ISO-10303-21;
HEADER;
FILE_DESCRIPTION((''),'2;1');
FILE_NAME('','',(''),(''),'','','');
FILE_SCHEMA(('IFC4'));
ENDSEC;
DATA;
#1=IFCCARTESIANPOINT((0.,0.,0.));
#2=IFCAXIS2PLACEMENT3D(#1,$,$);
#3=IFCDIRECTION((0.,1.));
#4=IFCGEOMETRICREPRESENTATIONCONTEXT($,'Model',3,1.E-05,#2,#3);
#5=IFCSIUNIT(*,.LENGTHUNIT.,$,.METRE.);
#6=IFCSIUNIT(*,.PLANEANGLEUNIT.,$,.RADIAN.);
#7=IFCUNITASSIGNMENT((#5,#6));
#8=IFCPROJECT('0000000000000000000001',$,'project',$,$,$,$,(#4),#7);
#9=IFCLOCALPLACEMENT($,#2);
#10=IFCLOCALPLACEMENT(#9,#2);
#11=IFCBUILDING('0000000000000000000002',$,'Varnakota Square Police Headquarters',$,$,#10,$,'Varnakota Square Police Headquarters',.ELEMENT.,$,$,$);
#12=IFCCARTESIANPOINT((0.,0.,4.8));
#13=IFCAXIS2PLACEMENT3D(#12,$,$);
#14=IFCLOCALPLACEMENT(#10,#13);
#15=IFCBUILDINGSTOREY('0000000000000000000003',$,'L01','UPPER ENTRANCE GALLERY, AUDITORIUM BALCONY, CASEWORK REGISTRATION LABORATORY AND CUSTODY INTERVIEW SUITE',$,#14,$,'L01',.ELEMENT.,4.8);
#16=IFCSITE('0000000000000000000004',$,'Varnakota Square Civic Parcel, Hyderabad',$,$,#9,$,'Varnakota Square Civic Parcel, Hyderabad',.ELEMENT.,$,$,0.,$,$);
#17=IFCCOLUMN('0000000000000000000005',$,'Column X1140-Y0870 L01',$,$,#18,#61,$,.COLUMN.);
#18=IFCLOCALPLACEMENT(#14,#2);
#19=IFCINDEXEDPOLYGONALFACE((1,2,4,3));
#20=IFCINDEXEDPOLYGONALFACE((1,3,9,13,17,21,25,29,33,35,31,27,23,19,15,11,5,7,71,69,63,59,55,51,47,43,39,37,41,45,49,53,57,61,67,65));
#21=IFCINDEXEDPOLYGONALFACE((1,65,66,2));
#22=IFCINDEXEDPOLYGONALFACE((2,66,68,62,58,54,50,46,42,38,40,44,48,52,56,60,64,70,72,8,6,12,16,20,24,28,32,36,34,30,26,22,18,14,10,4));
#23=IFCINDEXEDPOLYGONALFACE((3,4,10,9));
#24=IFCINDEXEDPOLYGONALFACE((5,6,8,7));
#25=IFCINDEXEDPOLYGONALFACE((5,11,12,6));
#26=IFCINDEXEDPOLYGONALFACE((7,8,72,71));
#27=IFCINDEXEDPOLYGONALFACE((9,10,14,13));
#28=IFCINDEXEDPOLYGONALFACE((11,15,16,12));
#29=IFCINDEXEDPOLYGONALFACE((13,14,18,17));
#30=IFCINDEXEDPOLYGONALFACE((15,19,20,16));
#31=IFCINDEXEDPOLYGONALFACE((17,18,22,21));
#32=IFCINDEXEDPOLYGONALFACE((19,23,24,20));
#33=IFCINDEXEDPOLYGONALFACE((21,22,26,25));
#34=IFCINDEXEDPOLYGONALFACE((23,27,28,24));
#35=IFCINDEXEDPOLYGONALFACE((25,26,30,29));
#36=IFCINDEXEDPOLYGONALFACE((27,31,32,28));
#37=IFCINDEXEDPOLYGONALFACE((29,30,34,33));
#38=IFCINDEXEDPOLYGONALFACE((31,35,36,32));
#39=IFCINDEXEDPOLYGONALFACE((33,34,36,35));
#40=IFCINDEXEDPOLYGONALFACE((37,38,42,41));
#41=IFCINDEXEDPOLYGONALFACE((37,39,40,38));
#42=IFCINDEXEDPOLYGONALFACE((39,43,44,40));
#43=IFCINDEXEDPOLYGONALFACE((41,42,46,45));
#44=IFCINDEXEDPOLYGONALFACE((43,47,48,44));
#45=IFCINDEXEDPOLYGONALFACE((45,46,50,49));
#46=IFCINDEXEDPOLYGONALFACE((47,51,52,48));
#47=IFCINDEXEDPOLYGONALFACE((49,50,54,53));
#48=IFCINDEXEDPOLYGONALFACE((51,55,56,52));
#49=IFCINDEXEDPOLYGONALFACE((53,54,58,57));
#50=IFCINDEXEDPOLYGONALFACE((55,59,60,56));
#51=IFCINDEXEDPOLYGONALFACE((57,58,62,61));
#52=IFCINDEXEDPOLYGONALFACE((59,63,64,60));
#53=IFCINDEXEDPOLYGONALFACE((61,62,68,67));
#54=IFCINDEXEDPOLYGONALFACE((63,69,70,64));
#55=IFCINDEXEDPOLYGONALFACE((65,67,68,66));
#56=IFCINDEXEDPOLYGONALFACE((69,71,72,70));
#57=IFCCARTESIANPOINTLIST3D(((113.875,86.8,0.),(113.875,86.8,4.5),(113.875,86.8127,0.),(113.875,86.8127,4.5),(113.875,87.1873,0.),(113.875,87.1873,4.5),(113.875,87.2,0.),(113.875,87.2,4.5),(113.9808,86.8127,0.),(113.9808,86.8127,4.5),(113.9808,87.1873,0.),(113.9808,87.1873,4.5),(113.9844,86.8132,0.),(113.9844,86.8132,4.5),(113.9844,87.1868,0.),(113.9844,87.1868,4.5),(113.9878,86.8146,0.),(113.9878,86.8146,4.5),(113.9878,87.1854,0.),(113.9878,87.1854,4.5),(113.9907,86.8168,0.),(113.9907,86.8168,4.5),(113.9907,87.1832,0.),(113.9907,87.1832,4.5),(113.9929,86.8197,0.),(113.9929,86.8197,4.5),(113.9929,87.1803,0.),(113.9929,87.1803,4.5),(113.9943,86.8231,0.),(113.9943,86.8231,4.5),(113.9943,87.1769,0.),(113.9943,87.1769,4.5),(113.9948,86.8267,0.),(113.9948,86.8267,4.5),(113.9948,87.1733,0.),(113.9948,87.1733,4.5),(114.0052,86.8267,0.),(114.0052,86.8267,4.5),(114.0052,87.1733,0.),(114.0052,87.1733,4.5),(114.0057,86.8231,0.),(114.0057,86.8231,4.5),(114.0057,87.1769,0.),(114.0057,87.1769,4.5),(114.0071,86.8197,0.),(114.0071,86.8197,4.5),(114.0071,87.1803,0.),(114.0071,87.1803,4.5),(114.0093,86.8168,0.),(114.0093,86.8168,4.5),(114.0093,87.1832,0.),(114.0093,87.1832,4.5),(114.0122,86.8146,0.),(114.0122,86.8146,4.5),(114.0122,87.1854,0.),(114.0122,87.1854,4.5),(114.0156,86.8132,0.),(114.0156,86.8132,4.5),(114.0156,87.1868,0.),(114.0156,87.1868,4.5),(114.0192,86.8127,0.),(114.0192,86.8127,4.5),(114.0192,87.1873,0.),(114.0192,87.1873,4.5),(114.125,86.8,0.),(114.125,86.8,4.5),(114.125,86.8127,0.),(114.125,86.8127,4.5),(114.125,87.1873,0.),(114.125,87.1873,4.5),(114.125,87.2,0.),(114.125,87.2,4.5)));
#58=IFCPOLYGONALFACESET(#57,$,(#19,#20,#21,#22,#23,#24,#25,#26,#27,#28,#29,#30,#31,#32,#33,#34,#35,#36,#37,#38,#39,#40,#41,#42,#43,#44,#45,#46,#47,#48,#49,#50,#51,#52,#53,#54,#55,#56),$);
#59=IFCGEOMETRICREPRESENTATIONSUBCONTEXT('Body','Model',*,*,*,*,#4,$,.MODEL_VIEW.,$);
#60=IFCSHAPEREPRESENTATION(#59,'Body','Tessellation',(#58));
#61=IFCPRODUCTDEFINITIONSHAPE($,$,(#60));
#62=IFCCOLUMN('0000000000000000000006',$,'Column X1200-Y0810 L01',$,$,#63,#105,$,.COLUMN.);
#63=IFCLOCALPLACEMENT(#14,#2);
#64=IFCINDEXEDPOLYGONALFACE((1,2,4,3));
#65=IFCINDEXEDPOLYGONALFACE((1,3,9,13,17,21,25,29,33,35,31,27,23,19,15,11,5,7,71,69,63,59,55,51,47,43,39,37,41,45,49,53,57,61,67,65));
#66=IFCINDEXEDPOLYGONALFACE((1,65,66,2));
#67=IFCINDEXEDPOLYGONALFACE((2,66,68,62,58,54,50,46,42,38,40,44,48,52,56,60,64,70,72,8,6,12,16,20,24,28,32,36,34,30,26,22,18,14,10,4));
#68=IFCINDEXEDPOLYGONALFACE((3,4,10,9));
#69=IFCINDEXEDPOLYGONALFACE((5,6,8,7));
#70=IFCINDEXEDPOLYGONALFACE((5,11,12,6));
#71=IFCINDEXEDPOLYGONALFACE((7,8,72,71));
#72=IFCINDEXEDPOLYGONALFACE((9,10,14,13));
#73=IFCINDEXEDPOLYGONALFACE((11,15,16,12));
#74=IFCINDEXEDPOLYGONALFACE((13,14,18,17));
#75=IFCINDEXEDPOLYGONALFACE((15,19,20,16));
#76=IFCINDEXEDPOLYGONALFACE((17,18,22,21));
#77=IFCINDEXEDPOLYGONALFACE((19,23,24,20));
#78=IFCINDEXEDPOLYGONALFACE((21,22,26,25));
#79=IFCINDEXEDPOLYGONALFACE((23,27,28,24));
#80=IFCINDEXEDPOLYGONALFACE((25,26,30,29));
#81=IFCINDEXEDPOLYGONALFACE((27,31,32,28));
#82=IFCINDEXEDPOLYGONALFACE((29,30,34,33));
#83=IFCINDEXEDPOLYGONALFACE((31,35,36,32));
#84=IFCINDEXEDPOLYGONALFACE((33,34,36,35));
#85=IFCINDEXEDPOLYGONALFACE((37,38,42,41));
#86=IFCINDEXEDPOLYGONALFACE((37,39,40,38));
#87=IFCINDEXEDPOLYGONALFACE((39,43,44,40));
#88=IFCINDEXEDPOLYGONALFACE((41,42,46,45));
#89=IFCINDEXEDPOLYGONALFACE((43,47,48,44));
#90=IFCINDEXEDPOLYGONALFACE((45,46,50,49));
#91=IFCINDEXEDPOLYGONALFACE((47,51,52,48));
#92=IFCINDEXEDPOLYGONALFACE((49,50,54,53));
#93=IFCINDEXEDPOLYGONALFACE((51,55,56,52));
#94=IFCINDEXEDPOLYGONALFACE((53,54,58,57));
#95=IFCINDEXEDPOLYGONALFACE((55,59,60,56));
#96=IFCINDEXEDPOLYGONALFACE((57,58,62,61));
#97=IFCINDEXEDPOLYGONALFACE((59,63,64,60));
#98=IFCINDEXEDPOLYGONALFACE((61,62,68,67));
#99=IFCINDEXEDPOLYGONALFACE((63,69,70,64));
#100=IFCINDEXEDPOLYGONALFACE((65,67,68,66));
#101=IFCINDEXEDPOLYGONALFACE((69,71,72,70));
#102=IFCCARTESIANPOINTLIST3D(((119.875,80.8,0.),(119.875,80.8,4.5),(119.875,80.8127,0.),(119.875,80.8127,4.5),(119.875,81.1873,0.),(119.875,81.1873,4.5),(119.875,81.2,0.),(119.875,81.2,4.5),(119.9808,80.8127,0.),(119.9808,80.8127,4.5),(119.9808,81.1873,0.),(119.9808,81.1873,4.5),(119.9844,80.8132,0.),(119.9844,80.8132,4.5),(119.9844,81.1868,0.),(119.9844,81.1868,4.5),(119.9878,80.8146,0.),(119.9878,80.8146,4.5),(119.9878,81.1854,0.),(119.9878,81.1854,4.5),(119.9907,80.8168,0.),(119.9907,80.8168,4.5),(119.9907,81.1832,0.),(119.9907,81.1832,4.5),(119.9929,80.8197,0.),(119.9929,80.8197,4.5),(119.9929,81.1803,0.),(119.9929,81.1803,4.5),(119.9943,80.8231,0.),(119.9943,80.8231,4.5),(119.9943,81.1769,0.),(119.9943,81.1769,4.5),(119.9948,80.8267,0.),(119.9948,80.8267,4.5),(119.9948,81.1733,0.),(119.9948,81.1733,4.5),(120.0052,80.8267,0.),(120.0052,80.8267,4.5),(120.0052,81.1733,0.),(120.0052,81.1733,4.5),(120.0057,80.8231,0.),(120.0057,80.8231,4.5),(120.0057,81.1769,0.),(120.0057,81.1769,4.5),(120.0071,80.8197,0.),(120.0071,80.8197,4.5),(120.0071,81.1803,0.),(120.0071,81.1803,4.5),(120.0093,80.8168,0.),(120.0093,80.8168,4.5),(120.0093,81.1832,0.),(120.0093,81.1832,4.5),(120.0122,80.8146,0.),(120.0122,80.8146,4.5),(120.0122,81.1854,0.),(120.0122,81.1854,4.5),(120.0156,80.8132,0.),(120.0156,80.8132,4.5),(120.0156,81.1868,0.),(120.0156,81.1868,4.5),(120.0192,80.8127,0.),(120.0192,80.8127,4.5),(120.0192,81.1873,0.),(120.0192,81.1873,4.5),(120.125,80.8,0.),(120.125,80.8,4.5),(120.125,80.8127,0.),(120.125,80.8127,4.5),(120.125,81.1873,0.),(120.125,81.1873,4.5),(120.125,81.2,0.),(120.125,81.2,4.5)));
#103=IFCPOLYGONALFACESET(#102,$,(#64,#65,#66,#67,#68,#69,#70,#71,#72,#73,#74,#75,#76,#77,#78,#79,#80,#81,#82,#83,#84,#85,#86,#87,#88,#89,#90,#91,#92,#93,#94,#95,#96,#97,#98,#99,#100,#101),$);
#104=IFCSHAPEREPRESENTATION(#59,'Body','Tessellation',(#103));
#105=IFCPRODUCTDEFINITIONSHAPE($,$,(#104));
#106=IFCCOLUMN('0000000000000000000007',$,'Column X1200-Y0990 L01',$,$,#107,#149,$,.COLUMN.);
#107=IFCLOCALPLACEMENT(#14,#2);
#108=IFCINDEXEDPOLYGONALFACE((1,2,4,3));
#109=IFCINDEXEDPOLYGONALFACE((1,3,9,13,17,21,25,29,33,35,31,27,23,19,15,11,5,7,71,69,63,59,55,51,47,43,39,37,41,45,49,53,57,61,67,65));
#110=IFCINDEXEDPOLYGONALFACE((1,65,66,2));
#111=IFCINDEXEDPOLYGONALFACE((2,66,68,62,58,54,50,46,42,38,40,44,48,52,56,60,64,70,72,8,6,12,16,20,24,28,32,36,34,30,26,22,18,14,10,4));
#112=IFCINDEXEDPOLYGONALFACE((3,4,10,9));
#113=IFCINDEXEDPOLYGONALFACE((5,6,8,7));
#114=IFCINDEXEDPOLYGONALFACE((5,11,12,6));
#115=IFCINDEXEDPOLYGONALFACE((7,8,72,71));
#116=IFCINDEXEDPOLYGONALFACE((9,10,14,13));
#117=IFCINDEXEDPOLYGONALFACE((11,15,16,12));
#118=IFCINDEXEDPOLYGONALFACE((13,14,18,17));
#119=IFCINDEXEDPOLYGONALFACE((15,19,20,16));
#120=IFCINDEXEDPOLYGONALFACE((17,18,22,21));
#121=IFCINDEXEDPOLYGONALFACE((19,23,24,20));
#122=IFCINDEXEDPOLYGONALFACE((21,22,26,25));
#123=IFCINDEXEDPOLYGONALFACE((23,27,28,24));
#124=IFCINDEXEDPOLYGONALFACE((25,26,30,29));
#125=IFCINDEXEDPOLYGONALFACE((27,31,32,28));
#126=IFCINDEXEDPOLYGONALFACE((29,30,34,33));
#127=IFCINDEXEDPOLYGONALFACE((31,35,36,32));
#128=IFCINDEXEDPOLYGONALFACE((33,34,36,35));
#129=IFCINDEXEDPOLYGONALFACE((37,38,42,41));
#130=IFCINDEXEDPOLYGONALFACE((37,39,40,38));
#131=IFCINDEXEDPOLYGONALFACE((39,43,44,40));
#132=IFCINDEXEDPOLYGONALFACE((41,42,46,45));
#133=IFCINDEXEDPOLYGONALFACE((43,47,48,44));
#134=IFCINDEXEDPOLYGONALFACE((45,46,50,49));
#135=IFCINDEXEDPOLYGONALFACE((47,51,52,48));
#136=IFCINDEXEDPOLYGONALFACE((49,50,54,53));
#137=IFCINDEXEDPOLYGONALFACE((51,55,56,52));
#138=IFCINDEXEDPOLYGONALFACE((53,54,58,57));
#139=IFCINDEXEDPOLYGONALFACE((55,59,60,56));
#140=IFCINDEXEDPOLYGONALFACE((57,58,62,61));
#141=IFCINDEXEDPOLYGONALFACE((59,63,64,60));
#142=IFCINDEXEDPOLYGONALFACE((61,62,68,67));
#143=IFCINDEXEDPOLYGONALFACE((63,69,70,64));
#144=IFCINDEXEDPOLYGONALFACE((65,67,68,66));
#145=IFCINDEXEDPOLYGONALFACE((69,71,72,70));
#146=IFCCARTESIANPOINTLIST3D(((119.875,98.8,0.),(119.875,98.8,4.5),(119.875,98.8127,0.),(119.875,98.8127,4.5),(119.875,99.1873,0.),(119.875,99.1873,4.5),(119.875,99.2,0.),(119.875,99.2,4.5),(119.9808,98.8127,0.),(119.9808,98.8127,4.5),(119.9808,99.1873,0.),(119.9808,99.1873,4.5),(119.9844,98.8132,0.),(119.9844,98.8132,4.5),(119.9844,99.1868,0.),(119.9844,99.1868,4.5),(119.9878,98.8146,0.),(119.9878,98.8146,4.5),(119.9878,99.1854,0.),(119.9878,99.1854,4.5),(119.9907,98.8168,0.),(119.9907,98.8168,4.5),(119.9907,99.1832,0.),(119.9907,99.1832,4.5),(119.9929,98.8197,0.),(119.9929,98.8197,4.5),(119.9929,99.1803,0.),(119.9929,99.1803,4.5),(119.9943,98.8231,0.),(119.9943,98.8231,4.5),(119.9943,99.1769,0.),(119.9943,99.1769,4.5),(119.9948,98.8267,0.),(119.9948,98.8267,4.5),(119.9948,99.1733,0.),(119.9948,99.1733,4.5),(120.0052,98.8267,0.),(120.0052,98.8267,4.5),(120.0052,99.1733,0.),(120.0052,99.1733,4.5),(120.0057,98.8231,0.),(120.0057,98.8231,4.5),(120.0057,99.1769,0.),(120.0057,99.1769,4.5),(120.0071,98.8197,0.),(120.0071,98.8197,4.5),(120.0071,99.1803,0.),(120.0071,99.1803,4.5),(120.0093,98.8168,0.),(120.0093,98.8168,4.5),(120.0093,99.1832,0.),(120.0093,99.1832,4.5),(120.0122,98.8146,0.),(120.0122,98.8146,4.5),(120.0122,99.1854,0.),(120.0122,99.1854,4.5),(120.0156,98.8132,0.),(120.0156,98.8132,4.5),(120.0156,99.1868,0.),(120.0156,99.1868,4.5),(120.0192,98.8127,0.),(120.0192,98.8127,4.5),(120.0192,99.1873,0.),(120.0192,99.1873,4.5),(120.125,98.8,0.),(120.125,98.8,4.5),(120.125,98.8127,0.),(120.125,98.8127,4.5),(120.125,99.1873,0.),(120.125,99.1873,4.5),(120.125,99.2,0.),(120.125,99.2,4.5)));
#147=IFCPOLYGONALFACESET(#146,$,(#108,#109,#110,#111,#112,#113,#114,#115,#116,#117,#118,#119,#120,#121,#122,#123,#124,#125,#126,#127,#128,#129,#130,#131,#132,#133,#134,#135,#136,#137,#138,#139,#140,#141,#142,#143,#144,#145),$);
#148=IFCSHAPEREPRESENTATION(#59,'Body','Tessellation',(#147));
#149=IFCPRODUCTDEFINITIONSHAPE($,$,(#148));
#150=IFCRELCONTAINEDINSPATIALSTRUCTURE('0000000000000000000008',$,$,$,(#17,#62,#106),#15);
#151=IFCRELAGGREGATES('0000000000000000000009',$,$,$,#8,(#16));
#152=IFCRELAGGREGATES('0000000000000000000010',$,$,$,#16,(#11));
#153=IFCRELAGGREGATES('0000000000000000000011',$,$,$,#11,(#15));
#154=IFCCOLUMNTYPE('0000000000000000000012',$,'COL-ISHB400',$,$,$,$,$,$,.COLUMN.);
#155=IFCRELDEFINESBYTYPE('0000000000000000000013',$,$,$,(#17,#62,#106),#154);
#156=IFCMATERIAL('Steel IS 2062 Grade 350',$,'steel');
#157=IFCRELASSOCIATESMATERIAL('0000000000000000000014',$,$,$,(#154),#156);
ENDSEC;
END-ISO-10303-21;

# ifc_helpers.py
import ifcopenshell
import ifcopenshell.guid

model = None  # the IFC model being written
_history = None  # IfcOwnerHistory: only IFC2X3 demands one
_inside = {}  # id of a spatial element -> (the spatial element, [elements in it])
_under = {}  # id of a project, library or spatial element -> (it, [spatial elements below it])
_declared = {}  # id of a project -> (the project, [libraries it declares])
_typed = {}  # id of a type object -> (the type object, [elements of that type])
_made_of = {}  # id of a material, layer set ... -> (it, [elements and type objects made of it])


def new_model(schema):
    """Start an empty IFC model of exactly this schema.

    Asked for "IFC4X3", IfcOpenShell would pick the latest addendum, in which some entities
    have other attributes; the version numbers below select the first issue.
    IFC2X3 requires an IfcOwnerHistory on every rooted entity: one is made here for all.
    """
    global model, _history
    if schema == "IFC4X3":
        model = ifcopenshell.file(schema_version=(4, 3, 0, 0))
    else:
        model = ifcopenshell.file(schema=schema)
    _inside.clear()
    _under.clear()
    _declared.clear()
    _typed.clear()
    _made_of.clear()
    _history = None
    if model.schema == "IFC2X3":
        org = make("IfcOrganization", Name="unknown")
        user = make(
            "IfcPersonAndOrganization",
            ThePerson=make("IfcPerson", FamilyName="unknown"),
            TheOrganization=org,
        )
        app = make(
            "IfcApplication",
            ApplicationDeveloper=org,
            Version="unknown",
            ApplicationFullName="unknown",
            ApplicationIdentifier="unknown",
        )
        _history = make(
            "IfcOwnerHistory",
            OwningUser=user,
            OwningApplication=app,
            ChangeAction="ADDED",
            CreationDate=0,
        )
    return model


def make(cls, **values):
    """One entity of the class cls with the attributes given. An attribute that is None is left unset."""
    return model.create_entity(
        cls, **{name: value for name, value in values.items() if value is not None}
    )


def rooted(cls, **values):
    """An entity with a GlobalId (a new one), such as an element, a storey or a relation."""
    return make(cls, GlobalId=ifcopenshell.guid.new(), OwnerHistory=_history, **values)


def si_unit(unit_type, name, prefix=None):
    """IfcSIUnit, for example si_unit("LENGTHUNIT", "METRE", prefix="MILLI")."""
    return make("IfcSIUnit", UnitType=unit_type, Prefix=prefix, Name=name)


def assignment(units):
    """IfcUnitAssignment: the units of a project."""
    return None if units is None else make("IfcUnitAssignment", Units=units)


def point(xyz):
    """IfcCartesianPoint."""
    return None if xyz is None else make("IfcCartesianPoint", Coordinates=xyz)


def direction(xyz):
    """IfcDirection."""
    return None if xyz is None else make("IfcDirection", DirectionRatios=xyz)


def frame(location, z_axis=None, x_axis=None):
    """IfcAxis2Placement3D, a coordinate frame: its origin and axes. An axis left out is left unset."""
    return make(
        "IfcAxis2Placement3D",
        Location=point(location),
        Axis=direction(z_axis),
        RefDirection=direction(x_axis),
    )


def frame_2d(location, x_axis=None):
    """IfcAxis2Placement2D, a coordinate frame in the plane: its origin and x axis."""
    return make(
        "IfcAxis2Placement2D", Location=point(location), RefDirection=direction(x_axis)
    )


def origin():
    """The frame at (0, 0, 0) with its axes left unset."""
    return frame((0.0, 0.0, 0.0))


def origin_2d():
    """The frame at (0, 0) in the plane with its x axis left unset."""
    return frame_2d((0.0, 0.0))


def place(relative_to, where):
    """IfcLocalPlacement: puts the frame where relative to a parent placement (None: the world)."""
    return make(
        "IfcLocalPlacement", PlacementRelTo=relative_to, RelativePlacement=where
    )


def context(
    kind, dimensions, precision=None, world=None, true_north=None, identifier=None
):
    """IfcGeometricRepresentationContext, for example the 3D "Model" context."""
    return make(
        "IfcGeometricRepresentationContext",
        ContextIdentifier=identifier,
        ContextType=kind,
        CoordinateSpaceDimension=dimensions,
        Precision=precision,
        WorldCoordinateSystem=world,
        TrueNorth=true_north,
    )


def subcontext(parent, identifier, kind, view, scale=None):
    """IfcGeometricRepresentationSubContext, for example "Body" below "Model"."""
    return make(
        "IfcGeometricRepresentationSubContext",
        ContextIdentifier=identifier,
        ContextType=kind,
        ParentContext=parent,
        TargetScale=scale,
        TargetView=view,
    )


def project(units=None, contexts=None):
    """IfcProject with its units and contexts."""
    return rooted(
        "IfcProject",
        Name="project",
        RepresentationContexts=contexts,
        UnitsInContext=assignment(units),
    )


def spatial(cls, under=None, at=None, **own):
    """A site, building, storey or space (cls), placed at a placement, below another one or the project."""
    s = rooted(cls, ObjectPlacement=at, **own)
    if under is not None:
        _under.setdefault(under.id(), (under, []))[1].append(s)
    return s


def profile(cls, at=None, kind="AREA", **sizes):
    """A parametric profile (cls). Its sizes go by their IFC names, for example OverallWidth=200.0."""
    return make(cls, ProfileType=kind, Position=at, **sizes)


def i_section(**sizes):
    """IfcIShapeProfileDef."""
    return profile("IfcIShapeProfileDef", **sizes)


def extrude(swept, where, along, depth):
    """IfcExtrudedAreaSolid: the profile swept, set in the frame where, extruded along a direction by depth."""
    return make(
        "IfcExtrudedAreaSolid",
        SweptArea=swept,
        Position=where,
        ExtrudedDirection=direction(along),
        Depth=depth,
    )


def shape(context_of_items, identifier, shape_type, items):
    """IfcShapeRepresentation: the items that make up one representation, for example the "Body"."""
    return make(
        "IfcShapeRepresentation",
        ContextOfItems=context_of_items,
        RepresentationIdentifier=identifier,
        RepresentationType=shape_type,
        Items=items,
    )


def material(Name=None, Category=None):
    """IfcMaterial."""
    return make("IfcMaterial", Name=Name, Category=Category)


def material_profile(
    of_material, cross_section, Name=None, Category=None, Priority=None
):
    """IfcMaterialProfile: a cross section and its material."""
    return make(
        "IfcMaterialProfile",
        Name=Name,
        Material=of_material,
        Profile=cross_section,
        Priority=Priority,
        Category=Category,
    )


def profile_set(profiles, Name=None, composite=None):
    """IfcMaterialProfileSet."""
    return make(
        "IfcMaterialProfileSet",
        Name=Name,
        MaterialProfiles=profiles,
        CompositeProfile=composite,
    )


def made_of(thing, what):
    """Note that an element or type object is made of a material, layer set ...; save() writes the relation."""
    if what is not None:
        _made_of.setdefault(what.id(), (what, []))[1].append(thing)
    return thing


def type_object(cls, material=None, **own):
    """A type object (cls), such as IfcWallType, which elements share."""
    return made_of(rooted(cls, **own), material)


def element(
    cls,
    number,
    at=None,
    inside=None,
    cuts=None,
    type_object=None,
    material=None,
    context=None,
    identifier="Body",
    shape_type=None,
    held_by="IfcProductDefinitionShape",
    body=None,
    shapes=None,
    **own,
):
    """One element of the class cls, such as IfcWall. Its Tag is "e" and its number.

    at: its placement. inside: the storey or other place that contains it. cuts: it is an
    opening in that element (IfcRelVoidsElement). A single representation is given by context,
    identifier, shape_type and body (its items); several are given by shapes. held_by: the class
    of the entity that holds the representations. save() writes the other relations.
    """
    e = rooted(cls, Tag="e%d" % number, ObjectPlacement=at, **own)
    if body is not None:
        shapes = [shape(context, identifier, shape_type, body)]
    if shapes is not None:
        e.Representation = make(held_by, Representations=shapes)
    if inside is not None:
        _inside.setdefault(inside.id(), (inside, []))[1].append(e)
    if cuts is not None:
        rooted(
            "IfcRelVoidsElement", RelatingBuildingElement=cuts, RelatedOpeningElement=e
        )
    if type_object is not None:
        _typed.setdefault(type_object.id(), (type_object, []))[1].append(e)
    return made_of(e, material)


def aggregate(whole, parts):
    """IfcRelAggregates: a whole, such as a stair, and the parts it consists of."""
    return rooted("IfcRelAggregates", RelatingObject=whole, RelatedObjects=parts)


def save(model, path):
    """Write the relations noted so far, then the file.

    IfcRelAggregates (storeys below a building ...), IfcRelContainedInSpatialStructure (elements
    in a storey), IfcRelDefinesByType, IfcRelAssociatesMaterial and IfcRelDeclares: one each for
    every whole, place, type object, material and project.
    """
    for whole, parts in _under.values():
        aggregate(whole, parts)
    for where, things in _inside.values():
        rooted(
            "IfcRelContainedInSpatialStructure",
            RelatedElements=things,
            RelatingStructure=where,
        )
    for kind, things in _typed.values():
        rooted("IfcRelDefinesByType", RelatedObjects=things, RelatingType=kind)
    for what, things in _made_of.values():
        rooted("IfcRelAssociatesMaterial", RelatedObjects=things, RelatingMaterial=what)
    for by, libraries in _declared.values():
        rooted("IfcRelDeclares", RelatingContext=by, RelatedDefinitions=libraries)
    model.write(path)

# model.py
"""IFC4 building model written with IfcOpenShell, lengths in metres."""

from ifc_helpers import new_model, si_unit, direction, frame, origin, origin_2d, place, context, subcontext, project, spatial, i_section, extrude, material, material_profile, profile_set, type_object, element, save


model = new_model("IFC4")

# Units and contexts
model_context = context("Model", 3, precision=1e-05, world=origin(), true_north=direction((0.0, 1.0)))
body_context = subcontext(model_context, "Body", "Model", "MODEL_VIEW")
ifc_project = project(units=[si_unit("LENGTHUNIT", "METRE"), si_unit("PLANEANGLEUNIT", "RADIAN")], contexts=[model_context])

# Site, building, storey
site_placement = place(None, origin())
site = spatial("IfcSite", under=ifc_project, at=site_placement, Name="Varnakota Square Civic Parcel, Hyderabad", LongName="Varnakota Square Civic Parcel, Hyderabad", CompositionType="ELEMENT", RefElevation=0.0)
building_placement = place(site_placement, origin())
building = spatial("IfcBuilding", under=site, at=building_placement, Name="Varnakota Square Police Headquarters", LongName="Varnakota Square Police Headquarters", CompositionType="ELEMENT")
storey_placement = place(building_placement, frame((0.0, 0.0, 4.8)))
storey = spatial("IfcBuildingStorey", under=building, at=storey_placement, Name="L01", Description="UPPER ENTRANCE GALLERY, AUDITORIUM BALCONY, CASEWORK REGISTRATION LABORATORY AND CUSTODY INTERVIEW SUITE", LongName="L01", CompositionType="ELEMENT", Elevation=4.8)

# Columns
ifc_material_1 = material(Name="Steel IS 2062 Grade 350", Category="steel")
ifc_material_profile_1 = material_profile(ifc_material_1, i_section(OverallWidth=0.25, OverallDepth=0.3999, WebThickness=0.0105, FlangeThickness=0.0127, FilletRadius=0.0139, at=origin_2d()), Name="ISHB 400")
ifc_profile_set_1 = profile_set([ifc_material_profile_1], Name="Steel IS 2062 Grade 350")
column_type_1 = type_object("IfcColumnType", Name="COL-ISHB400", PredefinedType="COLUMN", material=ifc_profile_set_1)
for number, where, z_axis, x_axis, name in (
    (1, (114.0, 87.0, 0.0), (0.0, 0.0, 1.0), (1.0, 0.0, 0.0), "Column X1140-Y0870 L01"),
    (2, (120.0, 81.0, 0.0), (0.0, 0.0, 1.0), (1.0, 0.0, 0.0), "Column X1200-Y0810 L01"),
    (3, (120.0, 99.0, 0.0), (0.0, 0.0, 1.0), (1.0, 0.0, 0.0), "Column X1200-Y0990 L01"),
):
    element("IfcColumn", number, at=place(storey_placement, frame(where, z_axis=z_axis, x_axis=x_axis)), inside=storey, type_object=column_type_1, Name=name, PredefinedType="COLUMN", context=body_context, shape_type="SweptSolid", body=[
        extrude(i_section(OverallWidth=0.25, OverallDepth=0.3999, WebThickness=0.0105, FlangeThickness=0.0127, FilletRadius=0.0139, at=origin_2d()), origin(), (0.0, 0.0, 1.0), 4.5),
    ])

save(model, "model.ifc")
